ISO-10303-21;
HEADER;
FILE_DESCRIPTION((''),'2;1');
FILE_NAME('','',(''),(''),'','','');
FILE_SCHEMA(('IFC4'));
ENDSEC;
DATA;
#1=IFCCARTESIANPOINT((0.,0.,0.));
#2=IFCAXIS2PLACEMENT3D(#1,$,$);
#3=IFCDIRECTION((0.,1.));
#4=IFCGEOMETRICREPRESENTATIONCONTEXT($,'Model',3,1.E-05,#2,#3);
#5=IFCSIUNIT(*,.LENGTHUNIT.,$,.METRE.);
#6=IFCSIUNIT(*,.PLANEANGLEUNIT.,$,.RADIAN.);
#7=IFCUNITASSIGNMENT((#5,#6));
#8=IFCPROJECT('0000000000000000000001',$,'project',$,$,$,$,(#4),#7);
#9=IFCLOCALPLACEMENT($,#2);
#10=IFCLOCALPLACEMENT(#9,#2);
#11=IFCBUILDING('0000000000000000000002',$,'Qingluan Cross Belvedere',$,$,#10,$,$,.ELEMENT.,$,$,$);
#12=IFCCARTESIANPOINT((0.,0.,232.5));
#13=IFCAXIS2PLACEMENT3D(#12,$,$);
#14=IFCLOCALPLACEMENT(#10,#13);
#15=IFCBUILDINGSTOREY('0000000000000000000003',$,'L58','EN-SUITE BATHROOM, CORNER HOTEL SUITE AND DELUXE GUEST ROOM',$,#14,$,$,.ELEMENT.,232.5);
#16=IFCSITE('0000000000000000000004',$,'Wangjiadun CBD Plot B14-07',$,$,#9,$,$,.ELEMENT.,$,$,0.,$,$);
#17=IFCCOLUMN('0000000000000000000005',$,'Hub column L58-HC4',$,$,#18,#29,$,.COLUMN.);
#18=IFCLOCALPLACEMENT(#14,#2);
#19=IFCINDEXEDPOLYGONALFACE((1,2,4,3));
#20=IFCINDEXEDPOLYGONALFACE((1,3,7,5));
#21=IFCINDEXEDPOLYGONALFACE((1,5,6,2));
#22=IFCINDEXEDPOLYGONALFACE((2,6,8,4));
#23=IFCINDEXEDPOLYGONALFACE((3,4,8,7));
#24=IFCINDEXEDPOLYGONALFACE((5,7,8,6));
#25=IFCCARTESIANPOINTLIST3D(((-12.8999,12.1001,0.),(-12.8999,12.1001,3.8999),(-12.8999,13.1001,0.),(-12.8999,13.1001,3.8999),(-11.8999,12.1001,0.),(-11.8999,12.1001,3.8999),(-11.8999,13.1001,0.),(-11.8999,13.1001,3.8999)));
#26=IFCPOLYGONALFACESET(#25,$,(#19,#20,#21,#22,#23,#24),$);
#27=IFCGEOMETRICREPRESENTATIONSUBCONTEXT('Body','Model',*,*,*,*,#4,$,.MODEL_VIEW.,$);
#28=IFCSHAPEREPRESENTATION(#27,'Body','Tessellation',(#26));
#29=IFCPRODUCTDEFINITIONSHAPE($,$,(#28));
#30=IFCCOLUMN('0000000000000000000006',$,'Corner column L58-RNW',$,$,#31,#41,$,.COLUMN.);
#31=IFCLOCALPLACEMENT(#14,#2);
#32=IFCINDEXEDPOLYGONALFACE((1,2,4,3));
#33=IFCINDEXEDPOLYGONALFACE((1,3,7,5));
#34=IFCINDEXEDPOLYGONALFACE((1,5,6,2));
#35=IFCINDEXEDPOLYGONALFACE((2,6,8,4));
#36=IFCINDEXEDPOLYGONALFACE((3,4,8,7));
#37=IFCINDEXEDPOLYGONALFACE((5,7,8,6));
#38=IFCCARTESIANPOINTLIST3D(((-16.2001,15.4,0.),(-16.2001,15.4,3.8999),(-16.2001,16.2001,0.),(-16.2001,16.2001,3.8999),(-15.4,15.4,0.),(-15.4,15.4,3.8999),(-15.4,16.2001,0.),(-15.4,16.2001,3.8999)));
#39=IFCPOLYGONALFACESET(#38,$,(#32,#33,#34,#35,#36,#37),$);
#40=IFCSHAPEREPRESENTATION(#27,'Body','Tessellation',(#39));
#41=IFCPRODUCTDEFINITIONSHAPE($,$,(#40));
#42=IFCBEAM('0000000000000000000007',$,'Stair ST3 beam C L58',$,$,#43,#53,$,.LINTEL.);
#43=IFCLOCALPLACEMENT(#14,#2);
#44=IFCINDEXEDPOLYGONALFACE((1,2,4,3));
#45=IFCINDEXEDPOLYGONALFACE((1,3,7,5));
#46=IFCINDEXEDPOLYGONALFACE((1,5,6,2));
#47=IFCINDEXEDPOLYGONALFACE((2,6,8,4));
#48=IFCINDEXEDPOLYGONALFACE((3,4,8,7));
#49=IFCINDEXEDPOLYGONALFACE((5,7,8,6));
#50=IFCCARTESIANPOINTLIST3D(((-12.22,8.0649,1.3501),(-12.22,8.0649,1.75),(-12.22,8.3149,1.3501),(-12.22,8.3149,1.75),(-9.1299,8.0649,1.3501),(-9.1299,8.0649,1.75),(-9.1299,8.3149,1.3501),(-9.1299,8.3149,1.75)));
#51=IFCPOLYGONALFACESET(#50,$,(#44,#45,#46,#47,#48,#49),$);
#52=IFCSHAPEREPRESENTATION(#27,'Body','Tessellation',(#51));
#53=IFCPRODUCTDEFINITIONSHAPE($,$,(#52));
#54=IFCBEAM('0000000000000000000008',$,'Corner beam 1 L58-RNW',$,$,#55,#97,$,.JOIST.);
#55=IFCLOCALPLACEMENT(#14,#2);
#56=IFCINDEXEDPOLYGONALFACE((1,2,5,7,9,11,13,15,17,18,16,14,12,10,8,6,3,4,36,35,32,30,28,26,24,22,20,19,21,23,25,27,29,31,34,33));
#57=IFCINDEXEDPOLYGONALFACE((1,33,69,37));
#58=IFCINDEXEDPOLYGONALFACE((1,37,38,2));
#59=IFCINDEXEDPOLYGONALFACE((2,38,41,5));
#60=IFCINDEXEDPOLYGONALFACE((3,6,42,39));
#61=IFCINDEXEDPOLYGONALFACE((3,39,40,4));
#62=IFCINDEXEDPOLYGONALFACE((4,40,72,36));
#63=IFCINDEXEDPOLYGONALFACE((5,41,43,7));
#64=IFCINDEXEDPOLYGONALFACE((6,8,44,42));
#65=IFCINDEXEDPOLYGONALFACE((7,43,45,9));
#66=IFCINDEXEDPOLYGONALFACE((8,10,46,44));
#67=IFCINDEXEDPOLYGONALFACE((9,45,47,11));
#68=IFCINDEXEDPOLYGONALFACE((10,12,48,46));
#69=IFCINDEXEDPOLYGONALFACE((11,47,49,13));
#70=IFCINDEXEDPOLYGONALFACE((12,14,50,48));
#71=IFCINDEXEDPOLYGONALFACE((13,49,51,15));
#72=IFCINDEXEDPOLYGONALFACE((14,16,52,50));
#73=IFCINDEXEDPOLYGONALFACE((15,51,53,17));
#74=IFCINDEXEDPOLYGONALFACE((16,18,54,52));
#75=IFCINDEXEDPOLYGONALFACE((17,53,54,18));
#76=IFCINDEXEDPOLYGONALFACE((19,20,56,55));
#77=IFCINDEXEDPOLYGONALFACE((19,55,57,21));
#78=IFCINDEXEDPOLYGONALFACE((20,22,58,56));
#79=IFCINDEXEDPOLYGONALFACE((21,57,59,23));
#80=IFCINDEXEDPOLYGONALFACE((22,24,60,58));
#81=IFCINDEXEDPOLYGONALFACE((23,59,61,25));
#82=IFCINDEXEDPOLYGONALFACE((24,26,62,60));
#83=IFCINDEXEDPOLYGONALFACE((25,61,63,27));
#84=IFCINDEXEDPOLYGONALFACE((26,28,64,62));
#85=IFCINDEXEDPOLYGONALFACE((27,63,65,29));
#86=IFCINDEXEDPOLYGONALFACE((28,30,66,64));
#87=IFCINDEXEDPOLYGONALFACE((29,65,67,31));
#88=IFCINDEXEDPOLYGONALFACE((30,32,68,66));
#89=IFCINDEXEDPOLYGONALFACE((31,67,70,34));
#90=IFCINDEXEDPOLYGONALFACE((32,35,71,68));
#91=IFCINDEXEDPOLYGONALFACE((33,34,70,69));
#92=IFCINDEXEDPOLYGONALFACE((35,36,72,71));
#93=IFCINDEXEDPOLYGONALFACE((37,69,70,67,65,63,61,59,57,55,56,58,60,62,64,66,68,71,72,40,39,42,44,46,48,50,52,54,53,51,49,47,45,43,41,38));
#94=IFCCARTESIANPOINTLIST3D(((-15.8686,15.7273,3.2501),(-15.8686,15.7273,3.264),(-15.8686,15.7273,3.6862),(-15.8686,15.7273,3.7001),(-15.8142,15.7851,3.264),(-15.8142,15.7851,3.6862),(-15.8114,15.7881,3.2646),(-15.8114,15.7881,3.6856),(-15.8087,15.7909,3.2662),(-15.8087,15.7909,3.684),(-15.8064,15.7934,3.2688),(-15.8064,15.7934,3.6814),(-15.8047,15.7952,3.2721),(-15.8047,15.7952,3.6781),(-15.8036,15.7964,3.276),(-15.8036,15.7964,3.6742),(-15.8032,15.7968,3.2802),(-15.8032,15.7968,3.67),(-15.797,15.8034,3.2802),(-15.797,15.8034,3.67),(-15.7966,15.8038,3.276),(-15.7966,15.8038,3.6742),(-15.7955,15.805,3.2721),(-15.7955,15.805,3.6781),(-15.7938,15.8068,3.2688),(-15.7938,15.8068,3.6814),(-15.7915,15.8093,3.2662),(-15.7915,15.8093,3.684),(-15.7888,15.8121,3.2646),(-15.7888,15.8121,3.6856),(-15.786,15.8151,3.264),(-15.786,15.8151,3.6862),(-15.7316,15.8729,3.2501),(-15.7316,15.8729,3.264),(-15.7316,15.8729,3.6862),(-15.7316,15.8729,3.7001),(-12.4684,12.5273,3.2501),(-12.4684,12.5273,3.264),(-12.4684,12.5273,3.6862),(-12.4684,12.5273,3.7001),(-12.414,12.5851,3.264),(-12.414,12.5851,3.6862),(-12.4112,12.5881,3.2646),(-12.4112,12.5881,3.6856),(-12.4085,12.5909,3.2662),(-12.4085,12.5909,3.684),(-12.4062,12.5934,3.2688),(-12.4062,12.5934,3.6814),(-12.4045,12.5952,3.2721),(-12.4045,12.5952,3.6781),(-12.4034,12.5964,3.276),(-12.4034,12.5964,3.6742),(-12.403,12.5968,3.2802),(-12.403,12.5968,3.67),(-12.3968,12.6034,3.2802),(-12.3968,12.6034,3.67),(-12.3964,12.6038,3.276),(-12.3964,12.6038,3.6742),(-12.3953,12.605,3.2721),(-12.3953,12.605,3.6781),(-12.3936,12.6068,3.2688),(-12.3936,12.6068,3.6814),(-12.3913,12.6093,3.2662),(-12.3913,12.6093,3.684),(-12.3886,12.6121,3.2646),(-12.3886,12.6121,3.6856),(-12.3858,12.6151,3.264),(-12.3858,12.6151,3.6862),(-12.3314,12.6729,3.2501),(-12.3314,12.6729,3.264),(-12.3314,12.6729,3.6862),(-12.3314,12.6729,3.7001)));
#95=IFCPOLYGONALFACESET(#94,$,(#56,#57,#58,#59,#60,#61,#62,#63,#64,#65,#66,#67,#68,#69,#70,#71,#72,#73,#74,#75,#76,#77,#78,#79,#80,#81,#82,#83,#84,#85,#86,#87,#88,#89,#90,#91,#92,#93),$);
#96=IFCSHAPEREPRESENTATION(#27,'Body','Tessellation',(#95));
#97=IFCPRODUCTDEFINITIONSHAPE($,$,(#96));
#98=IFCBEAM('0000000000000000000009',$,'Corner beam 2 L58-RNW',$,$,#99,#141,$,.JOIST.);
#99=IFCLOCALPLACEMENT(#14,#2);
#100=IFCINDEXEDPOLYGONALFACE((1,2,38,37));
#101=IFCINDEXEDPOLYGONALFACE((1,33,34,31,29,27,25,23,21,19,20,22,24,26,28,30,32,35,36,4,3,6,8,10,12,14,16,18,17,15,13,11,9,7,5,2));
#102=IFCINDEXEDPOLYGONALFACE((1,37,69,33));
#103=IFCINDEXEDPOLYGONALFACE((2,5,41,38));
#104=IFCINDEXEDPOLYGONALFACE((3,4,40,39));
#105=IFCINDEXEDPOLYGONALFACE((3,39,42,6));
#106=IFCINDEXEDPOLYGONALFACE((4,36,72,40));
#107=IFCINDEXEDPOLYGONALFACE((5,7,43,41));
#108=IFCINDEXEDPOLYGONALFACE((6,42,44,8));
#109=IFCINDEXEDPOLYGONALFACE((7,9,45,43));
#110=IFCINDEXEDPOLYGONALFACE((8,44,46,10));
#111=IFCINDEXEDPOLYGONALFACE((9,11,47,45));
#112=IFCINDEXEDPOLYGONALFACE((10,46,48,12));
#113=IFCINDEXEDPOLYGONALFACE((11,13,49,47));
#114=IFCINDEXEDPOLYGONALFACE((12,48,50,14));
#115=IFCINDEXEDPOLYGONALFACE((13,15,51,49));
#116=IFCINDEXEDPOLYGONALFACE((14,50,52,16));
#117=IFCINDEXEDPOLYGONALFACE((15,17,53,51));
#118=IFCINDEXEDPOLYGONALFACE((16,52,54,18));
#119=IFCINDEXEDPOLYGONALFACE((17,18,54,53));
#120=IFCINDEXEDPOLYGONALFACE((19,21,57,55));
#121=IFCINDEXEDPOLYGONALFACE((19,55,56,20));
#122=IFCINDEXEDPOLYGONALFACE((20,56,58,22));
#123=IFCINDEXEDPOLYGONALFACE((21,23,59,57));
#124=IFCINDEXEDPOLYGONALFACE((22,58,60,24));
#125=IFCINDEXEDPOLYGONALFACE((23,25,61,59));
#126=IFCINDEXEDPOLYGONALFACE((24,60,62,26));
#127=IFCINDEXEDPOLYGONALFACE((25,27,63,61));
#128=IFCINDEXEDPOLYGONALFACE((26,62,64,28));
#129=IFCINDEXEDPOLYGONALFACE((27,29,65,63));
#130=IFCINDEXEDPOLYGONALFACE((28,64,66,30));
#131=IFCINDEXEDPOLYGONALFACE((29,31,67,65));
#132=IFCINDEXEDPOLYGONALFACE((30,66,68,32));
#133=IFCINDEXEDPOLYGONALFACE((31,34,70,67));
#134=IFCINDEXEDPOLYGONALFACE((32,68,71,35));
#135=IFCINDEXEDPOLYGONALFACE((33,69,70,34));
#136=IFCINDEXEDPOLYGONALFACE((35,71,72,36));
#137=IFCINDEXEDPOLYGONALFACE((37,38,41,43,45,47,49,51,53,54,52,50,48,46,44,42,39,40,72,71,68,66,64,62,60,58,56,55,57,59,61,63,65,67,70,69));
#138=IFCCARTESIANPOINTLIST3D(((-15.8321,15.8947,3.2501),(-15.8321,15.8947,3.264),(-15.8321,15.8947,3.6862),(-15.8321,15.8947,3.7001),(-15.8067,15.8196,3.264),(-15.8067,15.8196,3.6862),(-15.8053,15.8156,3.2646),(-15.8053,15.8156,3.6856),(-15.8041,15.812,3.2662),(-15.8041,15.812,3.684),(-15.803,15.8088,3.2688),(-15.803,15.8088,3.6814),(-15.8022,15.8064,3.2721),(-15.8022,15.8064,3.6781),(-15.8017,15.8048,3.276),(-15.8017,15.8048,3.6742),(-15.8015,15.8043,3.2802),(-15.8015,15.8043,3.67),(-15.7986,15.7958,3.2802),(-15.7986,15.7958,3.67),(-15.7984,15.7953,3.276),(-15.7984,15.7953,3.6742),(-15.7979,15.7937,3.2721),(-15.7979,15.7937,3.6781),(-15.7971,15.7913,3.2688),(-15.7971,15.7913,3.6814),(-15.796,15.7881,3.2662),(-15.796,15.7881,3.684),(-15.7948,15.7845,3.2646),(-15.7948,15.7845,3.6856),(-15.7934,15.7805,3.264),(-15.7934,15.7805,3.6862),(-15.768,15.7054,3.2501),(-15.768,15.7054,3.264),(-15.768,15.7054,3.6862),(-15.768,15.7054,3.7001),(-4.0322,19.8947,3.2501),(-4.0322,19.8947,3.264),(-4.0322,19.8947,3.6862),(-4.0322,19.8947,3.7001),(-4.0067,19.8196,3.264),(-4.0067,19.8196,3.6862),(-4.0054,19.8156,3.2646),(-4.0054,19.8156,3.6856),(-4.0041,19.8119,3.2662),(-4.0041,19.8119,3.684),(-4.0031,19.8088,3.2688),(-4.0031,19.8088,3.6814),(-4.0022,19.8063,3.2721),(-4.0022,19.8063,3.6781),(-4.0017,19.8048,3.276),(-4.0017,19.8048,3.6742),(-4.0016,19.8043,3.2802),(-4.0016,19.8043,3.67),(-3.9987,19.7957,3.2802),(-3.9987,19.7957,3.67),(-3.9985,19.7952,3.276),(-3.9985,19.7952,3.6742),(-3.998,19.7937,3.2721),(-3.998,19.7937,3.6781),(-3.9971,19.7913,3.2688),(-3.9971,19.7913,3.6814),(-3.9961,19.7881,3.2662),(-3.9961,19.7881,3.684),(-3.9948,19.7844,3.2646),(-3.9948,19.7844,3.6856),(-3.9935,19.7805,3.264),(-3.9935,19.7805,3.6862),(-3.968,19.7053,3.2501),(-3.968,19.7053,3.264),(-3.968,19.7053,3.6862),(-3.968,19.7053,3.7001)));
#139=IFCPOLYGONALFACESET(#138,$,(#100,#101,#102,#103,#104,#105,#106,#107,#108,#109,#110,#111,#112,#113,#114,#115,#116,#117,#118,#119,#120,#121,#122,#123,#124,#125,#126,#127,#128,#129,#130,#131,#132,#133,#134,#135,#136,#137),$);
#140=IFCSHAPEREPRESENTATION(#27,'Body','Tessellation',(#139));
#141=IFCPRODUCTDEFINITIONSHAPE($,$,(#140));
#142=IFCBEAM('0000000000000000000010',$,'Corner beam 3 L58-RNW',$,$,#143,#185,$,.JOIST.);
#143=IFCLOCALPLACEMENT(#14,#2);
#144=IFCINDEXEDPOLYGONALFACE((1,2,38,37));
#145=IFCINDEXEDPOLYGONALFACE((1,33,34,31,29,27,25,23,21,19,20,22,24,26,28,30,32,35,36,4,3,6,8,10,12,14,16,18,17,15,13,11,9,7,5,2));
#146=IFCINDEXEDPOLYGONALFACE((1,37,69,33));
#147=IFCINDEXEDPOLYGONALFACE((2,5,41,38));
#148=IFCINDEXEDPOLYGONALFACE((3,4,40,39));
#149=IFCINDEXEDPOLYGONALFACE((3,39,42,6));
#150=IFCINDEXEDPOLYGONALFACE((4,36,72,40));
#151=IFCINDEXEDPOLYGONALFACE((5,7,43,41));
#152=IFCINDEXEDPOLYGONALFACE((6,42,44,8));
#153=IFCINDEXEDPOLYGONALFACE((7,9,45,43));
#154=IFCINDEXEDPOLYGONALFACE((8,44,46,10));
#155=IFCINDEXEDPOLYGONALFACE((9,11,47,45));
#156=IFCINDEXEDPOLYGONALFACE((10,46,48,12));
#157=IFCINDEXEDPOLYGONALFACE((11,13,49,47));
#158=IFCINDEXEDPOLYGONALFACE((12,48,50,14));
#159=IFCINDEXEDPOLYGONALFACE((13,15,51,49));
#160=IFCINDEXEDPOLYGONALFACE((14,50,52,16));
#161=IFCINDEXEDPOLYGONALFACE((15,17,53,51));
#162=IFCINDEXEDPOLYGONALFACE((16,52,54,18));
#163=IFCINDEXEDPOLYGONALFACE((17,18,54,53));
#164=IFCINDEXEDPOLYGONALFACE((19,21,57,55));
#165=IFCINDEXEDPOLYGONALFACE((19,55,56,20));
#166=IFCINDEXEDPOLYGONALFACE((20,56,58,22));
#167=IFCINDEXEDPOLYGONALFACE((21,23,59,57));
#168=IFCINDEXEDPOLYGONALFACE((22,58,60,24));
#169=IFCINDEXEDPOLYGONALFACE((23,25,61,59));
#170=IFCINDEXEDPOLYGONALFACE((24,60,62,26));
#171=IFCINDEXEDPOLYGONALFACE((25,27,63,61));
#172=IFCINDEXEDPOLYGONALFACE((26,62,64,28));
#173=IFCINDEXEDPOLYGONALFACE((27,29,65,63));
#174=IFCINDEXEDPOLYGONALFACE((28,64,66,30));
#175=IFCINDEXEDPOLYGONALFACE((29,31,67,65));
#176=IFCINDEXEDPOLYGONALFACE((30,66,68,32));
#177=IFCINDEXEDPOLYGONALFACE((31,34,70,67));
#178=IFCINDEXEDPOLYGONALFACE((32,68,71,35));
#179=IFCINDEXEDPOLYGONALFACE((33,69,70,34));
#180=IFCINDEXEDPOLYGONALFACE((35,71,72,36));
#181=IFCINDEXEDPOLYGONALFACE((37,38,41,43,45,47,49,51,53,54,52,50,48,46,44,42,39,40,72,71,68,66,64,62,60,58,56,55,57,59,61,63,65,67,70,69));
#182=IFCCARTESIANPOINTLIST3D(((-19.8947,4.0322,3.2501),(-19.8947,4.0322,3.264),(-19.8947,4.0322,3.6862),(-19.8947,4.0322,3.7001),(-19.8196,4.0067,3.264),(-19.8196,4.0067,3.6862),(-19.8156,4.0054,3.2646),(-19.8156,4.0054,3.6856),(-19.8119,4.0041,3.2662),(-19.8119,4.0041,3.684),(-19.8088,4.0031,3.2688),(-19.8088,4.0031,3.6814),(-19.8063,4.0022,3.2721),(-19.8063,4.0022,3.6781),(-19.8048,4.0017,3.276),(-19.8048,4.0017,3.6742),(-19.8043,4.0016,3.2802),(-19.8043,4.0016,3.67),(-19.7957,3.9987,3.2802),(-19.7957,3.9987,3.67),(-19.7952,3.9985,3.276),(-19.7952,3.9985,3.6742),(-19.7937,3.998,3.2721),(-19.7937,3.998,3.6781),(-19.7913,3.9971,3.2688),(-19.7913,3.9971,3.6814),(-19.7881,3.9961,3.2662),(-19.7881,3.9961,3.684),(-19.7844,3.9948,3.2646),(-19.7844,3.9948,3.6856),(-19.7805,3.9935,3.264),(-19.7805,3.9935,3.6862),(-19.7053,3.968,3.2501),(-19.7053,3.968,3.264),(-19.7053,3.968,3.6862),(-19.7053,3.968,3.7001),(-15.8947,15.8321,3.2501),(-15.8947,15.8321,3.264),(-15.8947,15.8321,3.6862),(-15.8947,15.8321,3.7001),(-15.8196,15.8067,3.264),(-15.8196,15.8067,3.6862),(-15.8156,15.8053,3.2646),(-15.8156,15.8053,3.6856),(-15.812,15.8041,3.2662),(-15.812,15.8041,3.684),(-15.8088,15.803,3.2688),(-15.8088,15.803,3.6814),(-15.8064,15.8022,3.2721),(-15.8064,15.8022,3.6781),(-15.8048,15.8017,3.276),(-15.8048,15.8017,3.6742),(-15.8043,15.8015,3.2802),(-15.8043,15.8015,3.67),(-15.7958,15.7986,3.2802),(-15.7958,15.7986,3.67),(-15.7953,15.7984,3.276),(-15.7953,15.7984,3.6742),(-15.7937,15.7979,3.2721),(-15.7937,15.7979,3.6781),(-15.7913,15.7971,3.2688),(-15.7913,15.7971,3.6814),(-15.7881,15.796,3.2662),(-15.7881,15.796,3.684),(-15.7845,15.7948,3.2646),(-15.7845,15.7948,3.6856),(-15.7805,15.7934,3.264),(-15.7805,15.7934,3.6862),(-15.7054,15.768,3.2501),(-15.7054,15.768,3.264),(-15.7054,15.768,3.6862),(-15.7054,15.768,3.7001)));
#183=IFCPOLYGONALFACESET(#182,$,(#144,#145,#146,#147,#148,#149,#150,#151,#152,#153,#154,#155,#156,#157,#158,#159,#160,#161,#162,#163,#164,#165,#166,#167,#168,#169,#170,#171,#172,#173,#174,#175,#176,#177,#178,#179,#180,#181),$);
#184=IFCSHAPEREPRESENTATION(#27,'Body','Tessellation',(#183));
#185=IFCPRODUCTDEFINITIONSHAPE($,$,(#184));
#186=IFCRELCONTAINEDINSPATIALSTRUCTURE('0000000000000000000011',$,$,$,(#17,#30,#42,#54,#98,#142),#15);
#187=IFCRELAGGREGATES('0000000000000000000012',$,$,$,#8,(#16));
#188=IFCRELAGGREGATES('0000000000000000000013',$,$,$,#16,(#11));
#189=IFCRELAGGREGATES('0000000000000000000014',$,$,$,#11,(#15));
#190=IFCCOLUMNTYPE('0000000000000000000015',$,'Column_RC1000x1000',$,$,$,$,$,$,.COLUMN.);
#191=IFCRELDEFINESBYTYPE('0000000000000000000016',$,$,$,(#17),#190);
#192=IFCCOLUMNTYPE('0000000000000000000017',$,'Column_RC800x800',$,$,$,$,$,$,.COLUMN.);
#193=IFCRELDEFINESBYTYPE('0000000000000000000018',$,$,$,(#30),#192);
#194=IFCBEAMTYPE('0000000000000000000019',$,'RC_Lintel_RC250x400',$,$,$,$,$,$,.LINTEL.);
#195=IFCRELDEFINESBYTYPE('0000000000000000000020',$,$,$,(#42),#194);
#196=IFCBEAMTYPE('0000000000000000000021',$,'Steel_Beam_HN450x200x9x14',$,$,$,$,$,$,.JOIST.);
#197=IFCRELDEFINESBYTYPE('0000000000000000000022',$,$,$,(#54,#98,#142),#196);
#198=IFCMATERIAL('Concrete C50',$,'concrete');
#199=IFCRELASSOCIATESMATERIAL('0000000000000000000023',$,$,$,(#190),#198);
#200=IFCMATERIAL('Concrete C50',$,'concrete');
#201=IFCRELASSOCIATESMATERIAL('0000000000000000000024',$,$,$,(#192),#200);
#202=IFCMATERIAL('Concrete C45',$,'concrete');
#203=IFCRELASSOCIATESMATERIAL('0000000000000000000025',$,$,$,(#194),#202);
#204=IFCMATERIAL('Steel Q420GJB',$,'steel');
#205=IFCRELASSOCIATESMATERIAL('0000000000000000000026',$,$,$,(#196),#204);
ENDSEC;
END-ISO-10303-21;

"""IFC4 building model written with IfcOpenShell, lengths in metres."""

from ifc_helpers import new_model, si_unit, direction, frame, origin, origin_2d, place, context, subcontext, project, spatial, rectangle, i_section, extrude, material, material_profile, profile_set, type_object, element, save


model = new_model("IFC4")

# Units and contexts
model_context = context("Model", 3, precision=1e-05, world=origin(), true_north=direction((0.0, 1.0)))
body_context = subcontext(model_context, "Body", "Model", "MODEL_VIEW")
ifc_project = project(units=[si_unit("LENGTHUNIT", "METRE"), si_unit("PLANEANGLEUNIT", "RADIAN")], contexts=[model_context])

# Site, building, storey
site_placement = place(None, origin())
site = spatial("IfcSite", under=ifc_project, at=site_placement, Name="Wangjiadun CBD Plot B14-07", CompositionType="ELEMENT", RefElevation=0.0)
building_placement = place(site_placement, origin())
building = spatial("IfcBuilding", under=site, at=building_placement, Name="Qingluan Cross Belvedere", CompositionType="ELEMENT")
storey_placement = place(building_placement, frame((0.0, 0.0, 232.5)))
storey = spatial("IfcBuildingStorey", under=building, at=storey_placement, Name="L58", Description="EN-SUITE BATHROOM, CORNER HOTEL SUITE AND DELUXE GUEST ROOM", CompositionType="ELEMENT", Elevation=232.5)

# Columns
ifc_material_1 = material(Name="Concrete C50", Category="concrete")
ifc_material_profile_1 = material_profile(ifc_material_1, rectangle(XDim=1.0, YDim=1.0, at=origin_2d()), Name="RC1000x1000")
ifc_profile_set_1 = profile_set([ifc_material_profile_1], Name="Concrete C50")
column_type_1 = type_object("IfcColumnType", Name="Column_RC1000x1000", PredefinedType="COLUMN", material=ifc_profile_set_1)
column_1_placement = place(storey_placement, frame((-12.3999, 12.6001, 0.0), z_axis=(0.0, 0.0, 1.0), x_axis=(1.0, 0.0, 0.0)))
element("IfcColumn", 1, at=column_1_placement, inside=storey, type_object=column_type_1, Name="Hub column L58-HC4", PredefinedType="COLUMN", context=body_context, shape_type="SweptSolid", body=[
    extrude(rectangle(XDim=1.0, YDim=1.0, at=origin_2d()), origin(), (0.0, 0.0, 1.0), 3.8999),
])
ifc_material_2 = material(Name="Concrete C50", Category="concrete")
ifc_material_profile_2 = material_profile(ifc_material_2, rectangle(XDim=0.8, YDim=0.8, at=origin_2d()), Name="RC800x800")
ifc_profile_set_2 = profile_set([ifc_material_profile_2], Name="Concrete C50")
column_type_2 = type_object("IfcColumnType", Name="Column_RC800x800", PredefinedType="COLUMN", material=ifc_profile_set_2)
column_2_placement = place(storey_placement, frame((-15.8, 15.8, 0.0), z_axis=(0.0, 0.0, 1.0), x_axis=(1.0, 0.0, 0.0)))
element("IfcColumn", 2, at=column_2_placement, inside=storey, type_object=column_type_2, Name="Corner column L58-RNW", PredefinedType="COLUMN", context=body_context, shape_type="SweptSolid", body=[
    extrude(rectangle(XDim=0.8, YDim=0.8, at=origin_2d()), origin(), (0.0, 0.0, 1.0), 3.8999),
])

# Beams
ifc_material_3 = material(Name="Concrete C45", Category="concrete")
ifc_material_profile_3 = material_profile(ifc_material_3, rectangle(XDim=0.25, YDim=0.3999, at=origin_2d()), Name="RC250x400")
ifc_profile_set_3 = profile_set([ifc_material_profile_3], Name="Concrete C45")
beam_type_1 = type_object("IfcBeamType", Name="RC_Lintel_RC250x400", PredefinedType="LINTEL", material=ifc_profile_set_3)
beam_1_placement = place(storey_placement, frame((-12.22, 8.1899, 1.55), z_axis=(1.0, 0.0, 0.0), x_axis=(0.0, 1.0, 0.0)))
element("IfcBeam", 3, at=beam_1_placement, inside=storey, type_object=beam_type_1, Name="Stair ST3 beam C L58", PredefinedType="LINTEL", context=body_context, shape_type="SweptSolid", body=[
    extrude(rectangle(XDim=0.25, YDim=0.3999, at=origin_2d()), origin(), (0.0, 0.0, 1.0), 3.0901),
])
ifc_material_4 = material(Name="Steel Q420GJB", Category="steel")
ifc_material_profile_4 = material_profile(ifc_material_4, i_section(OverallWidth=0.2, OverallDepth=0.45, WebThickness=0.009, FlangeThickness=0.0139, FilletRadius=0.0161, at=origin_2d()), Name="HN450x200x9x14")
ifc_profile_set_4 = profile_set([ifc_material_profile_4], Name="Steel Q420GJB")
beam_type_2 = type_object("IfcBeamType", Name="Steel_Beam_HN450x200x9x14", PredefinedType="JOIST", material=ifc_profile_set_4)
beam_2_placement = place(storey_placement, frame((-12.3999, 12.6001, 3.4751), z_axis=(-0.72822, 0.685343, 0.0), x_axis=(-0.685343, -0.72822, 0.0)))
element("IfcBeam", 4, at=beam_2_placement, inside=storey, type_object=beam_type_2, Name="Corner beam 1 L58-RNW", PredefinedType="JOIST", context=body_context, shape_type="SweptSolid", body=[
    extrude(i_section(OverallWidth=0.2, OverallDepth=0.45, WebThickness=0.009, FlangeThickness=0.0139, FilletRadius=0.0161, at=origin_2d()), origin(), (0.0, 0.0, 1.0), 4.6692),
])
for number, where, z_axis, x_axis, name in (
    (5, (-15.8, 15.8, 3.4751), (0.947066, 0.321038, 0.0), (-0.321038, 0.947066, 0.0), "Corner beam 2 L58-RNW"),
    (6, (-15.8, 15.8, 3.4751), (-0.321038, -0.947066, 0.0), (0.947066, -0.321038, 0.0), "Corner beam 3 L58-RNW"),
):
    element("IfcBeam", number, at=place(storey_placement, frame(where, z_axis=z_axis, x_axis=x_axis)), inside=storey, type_object=beam_type_2, Name=name, PredefinedType="JOIST", context=body_context, shape_type="SweptSolid", body=[
        extrude(i_section(OverallWidth=0.2, OverallDepth=0.45, WebThickness=0.009, FlangeThickness=0.0139, FilletRadius=0.0161, at=origin_2d()), origin(), (0.0, 0.0, 1.0), 12.4595),
    ])

save(model, "model.ifc")
